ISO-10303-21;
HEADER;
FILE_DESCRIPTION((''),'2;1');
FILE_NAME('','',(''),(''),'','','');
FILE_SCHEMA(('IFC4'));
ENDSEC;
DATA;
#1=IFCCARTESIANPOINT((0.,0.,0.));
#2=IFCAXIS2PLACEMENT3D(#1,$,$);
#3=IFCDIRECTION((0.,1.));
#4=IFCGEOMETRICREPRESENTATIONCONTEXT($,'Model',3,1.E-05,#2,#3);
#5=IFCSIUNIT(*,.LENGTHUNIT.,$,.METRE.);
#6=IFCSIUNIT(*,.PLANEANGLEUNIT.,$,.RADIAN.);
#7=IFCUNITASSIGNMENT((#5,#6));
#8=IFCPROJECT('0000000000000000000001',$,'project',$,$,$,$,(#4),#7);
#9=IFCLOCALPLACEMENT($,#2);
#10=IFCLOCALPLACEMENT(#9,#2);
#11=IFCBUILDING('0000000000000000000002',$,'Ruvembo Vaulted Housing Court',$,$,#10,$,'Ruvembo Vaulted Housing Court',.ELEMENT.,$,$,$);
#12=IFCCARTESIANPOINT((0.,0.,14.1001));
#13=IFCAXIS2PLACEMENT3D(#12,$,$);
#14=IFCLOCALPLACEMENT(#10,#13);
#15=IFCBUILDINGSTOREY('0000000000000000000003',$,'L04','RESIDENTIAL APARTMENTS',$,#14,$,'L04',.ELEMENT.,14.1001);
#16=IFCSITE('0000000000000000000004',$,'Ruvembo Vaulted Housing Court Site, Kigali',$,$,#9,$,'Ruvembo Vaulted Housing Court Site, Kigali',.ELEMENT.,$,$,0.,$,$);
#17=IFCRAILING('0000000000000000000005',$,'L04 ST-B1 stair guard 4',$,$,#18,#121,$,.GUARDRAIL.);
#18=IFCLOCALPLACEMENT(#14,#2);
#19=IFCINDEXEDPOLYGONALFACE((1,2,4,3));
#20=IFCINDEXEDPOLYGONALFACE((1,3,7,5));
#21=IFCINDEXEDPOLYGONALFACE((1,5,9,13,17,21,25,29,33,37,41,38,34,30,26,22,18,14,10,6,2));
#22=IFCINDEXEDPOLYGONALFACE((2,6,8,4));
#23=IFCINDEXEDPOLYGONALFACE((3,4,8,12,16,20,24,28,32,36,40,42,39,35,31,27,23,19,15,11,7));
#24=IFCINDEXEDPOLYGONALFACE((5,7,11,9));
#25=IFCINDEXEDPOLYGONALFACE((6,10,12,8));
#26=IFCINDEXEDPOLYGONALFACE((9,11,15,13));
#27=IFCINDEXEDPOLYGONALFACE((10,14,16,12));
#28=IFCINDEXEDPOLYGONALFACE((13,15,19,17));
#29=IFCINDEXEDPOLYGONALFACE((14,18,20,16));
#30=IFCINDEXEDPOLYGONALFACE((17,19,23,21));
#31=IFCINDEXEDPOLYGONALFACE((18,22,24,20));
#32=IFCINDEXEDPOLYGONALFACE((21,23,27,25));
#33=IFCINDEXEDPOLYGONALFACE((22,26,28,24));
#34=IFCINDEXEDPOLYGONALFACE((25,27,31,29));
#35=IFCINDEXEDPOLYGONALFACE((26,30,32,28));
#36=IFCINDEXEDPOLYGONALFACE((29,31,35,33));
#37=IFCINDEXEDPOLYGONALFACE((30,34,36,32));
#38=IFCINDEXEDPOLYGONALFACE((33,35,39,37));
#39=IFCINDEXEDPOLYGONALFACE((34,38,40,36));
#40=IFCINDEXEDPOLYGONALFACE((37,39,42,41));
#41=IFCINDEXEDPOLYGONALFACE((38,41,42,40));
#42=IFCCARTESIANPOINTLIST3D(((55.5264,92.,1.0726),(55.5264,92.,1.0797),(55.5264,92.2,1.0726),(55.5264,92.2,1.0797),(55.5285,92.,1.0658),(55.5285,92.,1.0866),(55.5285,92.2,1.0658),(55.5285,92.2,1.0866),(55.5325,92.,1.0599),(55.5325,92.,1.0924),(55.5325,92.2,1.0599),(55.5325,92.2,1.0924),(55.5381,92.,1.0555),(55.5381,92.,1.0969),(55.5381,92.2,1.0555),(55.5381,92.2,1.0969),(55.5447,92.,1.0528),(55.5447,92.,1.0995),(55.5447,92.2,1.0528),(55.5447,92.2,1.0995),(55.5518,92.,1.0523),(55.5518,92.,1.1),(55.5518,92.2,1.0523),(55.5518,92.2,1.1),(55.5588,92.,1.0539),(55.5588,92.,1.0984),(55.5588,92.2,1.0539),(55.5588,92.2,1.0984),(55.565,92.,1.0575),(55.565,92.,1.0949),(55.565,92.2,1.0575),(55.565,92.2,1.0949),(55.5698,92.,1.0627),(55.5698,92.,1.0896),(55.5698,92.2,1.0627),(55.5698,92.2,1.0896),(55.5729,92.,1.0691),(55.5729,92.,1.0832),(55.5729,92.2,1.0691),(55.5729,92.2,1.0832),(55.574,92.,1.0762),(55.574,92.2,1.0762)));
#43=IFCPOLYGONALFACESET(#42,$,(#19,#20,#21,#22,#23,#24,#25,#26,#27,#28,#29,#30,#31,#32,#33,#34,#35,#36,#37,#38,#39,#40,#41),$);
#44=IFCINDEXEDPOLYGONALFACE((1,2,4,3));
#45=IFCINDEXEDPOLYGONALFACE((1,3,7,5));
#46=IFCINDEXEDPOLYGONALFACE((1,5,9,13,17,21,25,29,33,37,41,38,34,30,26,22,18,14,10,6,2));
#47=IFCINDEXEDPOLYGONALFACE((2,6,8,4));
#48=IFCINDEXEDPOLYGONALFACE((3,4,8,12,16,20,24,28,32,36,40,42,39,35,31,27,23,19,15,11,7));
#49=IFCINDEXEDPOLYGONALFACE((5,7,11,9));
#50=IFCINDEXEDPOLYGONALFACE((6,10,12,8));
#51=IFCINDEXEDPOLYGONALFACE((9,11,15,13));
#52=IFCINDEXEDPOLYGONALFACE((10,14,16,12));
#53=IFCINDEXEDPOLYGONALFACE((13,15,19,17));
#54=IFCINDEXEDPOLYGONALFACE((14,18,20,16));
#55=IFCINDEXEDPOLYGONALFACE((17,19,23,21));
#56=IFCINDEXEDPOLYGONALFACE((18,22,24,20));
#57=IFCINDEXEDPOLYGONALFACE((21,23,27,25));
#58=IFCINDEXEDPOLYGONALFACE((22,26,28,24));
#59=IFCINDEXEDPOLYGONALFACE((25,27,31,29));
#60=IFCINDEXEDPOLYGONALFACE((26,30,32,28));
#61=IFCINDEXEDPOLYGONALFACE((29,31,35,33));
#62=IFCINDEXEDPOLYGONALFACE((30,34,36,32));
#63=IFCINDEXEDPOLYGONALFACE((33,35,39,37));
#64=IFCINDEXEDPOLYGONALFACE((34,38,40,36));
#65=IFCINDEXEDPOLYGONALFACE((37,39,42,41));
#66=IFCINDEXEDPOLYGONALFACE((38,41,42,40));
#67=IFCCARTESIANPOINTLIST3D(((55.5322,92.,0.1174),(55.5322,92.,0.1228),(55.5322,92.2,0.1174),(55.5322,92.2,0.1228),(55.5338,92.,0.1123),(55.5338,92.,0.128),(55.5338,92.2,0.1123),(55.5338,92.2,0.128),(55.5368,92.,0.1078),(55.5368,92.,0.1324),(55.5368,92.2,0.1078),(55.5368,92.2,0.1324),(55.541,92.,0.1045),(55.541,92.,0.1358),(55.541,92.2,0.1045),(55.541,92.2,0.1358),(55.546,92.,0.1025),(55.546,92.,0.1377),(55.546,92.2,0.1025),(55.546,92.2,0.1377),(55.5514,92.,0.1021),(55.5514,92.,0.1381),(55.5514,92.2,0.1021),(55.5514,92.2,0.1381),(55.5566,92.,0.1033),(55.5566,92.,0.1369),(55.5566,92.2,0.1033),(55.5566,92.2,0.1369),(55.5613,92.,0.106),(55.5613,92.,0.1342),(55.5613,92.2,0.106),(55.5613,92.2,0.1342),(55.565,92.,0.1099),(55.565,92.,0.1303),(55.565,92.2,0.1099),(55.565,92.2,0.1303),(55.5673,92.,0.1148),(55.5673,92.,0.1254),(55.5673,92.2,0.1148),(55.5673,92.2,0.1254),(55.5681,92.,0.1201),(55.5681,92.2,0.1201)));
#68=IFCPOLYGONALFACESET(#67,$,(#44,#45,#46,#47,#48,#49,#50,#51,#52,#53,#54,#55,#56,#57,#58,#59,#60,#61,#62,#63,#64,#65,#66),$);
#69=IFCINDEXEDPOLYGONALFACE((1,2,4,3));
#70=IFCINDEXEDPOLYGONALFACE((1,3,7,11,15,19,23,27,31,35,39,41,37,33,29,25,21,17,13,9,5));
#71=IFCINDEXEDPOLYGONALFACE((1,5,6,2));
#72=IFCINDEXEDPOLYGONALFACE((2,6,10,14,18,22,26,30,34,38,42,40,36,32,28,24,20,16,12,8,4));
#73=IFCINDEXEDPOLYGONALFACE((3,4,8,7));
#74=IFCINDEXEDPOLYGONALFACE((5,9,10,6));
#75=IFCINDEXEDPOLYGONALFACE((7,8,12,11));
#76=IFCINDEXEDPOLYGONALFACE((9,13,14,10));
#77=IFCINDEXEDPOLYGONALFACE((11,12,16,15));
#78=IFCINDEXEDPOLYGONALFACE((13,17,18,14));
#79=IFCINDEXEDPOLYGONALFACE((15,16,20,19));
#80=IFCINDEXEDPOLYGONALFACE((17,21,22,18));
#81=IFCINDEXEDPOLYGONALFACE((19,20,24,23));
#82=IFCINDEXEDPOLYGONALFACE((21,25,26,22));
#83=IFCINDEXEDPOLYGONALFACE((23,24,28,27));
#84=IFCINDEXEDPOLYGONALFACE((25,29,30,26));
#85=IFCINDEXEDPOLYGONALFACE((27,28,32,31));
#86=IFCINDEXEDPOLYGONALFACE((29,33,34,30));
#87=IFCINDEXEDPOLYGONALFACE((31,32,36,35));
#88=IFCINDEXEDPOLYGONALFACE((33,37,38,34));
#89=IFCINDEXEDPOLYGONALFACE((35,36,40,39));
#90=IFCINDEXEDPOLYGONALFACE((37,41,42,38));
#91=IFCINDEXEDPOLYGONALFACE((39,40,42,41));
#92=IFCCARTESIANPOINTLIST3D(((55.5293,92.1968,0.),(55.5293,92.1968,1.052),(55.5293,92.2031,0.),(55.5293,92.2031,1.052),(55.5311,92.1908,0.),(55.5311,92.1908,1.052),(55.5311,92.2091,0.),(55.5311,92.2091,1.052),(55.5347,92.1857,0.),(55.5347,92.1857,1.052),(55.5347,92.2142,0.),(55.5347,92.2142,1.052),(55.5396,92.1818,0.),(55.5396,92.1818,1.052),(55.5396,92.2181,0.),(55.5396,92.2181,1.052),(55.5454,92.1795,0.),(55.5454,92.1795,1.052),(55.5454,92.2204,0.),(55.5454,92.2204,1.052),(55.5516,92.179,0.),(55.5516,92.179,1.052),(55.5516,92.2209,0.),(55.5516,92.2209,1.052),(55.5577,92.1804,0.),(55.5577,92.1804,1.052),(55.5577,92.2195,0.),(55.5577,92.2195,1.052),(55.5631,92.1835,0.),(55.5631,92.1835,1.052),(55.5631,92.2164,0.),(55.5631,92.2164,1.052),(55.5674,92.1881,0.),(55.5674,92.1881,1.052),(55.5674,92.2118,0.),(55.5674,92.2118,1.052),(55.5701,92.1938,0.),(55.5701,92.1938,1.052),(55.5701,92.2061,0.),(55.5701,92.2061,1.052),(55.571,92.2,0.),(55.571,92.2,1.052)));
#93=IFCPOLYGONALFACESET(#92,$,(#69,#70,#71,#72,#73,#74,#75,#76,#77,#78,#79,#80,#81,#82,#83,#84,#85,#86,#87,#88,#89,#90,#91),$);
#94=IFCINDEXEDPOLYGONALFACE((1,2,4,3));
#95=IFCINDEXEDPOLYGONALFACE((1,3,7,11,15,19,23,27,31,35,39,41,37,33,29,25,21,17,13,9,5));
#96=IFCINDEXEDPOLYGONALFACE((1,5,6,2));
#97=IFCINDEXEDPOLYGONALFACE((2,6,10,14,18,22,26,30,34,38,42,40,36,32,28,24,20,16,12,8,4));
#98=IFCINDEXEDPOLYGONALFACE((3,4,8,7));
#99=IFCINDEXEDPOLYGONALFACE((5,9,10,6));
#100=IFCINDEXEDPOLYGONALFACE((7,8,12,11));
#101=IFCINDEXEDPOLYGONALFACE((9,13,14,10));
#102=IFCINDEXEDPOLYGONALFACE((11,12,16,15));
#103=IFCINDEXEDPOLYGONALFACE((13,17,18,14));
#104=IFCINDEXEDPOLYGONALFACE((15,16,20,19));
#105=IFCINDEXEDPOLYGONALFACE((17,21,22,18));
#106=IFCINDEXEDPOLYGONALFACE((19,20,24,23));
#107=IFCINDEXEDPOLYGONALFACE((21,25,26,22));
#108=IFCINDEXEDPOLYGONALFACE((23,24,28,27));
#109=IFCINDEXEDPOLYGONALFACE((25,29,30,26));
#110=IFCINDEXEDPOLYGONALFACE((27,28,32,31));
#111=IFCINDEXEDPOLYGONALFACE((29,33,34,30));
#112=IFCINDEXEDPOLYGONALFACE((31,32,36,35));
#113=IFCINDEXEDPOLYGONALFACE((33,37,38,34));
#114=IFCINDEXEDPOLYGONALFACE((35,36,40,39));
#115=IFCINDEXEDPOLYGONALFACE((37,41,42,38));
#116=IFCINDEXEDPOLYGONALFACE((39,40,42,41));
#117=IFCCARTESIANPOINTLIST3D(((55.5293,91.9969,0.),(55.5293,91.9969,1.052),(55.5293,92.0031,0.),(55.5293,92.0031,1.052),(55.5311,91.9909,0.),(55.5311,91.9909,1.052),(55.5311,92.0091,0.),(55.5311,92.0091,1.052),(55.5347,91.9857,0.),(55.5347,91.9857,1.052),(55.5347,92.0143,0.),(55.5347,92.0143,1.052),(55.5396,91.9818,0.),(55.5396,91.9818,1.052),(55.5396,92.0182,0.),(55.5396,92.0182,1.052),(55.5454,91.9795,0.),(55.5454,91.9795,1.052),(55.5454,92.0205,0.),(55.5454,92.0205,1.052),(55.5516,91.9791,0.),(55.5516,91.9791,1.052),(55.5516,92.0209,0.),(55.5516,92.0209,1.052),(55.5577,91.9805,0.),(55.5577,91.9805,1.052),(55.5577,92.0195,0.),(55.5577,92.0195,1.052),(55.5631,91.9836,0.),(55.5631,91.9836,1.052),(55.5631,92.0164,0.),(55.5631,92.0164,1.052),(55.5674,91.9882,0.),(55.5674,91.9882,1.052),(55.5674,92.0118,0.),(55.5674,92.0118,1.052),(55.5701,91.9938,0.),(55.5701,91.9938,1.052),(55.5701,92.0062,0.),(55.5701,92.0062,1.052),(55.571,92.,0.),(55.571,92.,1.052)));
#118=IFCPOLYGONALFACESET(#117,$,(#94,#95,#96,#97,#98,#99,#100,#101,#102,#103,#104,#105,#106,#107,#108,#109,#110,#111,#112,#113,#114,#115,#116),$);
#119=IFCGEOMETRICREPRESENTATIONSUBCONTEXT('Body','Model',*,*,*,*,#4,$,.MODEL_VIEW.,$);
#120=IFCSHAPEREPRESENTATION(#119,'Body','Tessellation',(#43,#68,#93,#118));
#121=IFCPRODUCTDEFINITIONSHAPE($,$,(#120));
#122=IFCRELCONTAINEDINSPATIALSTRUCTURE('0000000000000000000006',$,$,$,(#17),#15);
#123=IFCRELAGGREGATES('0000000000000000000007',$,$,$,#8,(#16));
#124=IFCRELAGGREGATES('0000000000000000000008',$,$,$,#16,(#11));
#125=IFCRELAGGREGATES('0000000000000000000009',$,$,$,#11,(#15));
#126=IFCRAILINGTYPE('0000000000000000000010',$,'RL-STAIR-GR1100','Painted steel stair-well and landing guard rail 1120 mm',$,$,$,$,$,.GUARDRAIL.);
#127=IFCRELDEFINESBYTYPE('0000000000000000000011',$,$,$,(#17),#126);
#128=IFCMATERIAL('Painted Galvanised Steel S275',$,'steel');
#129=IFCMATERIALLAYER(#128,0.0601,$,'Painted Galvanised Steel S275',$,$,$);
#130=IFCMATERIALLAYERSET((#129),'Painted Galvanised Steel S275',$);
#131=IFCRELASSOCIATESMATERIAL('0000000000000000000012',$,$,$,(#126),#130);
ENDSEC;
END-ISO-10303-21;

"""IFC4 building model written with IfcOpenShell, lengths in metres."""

from ifc_helpers import new_model, si_unit, direction, frame, origin, origin_2d, place, context, subcontext, project, spatial, circle, extrude, material, layer, layer_set, type_object, element, save


model = new_model("IFC4")

# Units and contexts
model_context = context("Model", 3, precision=1e-05, world=origin(), true_north=direction((0.0, 1.0)))
body_context = subcontext(model_context, "Body", "Model", "MODEL_VIEW")
ifc_project = project(units=[si_unit("LENGTHUNIT", "METRE"), si_unit("PLANEANGLEUNIT", "RADIAN")], contexts=[model_context])

# Site, building, storey
site_placement = place(None, origin())
site = spatial("IfcSite", under=ifc_project, at=site_placement, Name="Ruvembo Vaulted Housing Court Site, Kigali", LongName="Ruvembo Vaulted Housing Court Site, Kigali", CompositionType="ELEMENT", RefElevation=0.0)
building_placement = place(site_placement, origin())
building = spatial("IfcBuilding", under=site, at=building_placement, Name="Ruvembo Vaulted Housing Court", LongName="Ruvembo Vaulted Housing Court", CompositionType="ELEMENT")
storey_placement = place(building_placement, frame((0.0, 0.0, 14.1001)))
storey = spatial("IfcBuildingStorey", under=building, at=storey_placement, Name="L04", Description="RESIDENTIAL APARTMENTS", LongName="L04", CompositionType="ELEMENT", Elevation=14.1001)

# Railing
ifc_material_1 = material(Name="Painted Galvanised Steel S275", Category="steel")
ifc_layer_1 = layer(ifc_material_1, 0.0601, Name="Painted Galvanised Steel S275")
ifc_layer_set_1 = layer_set([ifc_layer_1], Name="Painted Galvanised Steel S275")
railing_type = type_object("IfcRailingType", Name="RL-STAIR-GR1100", Description="Painted steel stair-well and landing guard rail 1120 mm", PredefinedType="GUARDRAIL", material=ifc_layer_set_1)
railing_placement = place(storey_placement, frame((55.55, 92.2, 0.0)))
element("IfcRailing", 1, at=railing_placement, inside=storey, type_object=railing_type, Name="L04 ST-B1 stair guard 4", PredefinedType="GUARDRAIL", context=body_context, shape_type="SweptSolid", body=[
    extrude(circle(Radius=0.0239, at=origin_2d()), frame((0.0, 0.0, 1.0762), z_axis=(0.0, -1.0, 0.0), x_axis=(1.0, 0.0, 0.0)), (0.0, 0.0, 1.0), 0.2),
    extrude(circle(Radius=0.0181, at=origin_2d()), frame((0.0, 0.0, 0.1201), z_axis=(0.0, -1.0, 0.0), x_axis=(1.0, 0.0, 0.0)), (0.0, 0.0, 1.0), 0.2),
    extrude(circle(Radius=0.021, at=origin_2d()), origin(), (0.0, 0.0, 1.0), 1.052),
    extrude(circle(Radius=0.021, at=origin_2d()), frame((0.0, -0.2, 0.0)), (0.0, 0.0, 1.0), 1.052),
])

save(model, "model.ifc")
